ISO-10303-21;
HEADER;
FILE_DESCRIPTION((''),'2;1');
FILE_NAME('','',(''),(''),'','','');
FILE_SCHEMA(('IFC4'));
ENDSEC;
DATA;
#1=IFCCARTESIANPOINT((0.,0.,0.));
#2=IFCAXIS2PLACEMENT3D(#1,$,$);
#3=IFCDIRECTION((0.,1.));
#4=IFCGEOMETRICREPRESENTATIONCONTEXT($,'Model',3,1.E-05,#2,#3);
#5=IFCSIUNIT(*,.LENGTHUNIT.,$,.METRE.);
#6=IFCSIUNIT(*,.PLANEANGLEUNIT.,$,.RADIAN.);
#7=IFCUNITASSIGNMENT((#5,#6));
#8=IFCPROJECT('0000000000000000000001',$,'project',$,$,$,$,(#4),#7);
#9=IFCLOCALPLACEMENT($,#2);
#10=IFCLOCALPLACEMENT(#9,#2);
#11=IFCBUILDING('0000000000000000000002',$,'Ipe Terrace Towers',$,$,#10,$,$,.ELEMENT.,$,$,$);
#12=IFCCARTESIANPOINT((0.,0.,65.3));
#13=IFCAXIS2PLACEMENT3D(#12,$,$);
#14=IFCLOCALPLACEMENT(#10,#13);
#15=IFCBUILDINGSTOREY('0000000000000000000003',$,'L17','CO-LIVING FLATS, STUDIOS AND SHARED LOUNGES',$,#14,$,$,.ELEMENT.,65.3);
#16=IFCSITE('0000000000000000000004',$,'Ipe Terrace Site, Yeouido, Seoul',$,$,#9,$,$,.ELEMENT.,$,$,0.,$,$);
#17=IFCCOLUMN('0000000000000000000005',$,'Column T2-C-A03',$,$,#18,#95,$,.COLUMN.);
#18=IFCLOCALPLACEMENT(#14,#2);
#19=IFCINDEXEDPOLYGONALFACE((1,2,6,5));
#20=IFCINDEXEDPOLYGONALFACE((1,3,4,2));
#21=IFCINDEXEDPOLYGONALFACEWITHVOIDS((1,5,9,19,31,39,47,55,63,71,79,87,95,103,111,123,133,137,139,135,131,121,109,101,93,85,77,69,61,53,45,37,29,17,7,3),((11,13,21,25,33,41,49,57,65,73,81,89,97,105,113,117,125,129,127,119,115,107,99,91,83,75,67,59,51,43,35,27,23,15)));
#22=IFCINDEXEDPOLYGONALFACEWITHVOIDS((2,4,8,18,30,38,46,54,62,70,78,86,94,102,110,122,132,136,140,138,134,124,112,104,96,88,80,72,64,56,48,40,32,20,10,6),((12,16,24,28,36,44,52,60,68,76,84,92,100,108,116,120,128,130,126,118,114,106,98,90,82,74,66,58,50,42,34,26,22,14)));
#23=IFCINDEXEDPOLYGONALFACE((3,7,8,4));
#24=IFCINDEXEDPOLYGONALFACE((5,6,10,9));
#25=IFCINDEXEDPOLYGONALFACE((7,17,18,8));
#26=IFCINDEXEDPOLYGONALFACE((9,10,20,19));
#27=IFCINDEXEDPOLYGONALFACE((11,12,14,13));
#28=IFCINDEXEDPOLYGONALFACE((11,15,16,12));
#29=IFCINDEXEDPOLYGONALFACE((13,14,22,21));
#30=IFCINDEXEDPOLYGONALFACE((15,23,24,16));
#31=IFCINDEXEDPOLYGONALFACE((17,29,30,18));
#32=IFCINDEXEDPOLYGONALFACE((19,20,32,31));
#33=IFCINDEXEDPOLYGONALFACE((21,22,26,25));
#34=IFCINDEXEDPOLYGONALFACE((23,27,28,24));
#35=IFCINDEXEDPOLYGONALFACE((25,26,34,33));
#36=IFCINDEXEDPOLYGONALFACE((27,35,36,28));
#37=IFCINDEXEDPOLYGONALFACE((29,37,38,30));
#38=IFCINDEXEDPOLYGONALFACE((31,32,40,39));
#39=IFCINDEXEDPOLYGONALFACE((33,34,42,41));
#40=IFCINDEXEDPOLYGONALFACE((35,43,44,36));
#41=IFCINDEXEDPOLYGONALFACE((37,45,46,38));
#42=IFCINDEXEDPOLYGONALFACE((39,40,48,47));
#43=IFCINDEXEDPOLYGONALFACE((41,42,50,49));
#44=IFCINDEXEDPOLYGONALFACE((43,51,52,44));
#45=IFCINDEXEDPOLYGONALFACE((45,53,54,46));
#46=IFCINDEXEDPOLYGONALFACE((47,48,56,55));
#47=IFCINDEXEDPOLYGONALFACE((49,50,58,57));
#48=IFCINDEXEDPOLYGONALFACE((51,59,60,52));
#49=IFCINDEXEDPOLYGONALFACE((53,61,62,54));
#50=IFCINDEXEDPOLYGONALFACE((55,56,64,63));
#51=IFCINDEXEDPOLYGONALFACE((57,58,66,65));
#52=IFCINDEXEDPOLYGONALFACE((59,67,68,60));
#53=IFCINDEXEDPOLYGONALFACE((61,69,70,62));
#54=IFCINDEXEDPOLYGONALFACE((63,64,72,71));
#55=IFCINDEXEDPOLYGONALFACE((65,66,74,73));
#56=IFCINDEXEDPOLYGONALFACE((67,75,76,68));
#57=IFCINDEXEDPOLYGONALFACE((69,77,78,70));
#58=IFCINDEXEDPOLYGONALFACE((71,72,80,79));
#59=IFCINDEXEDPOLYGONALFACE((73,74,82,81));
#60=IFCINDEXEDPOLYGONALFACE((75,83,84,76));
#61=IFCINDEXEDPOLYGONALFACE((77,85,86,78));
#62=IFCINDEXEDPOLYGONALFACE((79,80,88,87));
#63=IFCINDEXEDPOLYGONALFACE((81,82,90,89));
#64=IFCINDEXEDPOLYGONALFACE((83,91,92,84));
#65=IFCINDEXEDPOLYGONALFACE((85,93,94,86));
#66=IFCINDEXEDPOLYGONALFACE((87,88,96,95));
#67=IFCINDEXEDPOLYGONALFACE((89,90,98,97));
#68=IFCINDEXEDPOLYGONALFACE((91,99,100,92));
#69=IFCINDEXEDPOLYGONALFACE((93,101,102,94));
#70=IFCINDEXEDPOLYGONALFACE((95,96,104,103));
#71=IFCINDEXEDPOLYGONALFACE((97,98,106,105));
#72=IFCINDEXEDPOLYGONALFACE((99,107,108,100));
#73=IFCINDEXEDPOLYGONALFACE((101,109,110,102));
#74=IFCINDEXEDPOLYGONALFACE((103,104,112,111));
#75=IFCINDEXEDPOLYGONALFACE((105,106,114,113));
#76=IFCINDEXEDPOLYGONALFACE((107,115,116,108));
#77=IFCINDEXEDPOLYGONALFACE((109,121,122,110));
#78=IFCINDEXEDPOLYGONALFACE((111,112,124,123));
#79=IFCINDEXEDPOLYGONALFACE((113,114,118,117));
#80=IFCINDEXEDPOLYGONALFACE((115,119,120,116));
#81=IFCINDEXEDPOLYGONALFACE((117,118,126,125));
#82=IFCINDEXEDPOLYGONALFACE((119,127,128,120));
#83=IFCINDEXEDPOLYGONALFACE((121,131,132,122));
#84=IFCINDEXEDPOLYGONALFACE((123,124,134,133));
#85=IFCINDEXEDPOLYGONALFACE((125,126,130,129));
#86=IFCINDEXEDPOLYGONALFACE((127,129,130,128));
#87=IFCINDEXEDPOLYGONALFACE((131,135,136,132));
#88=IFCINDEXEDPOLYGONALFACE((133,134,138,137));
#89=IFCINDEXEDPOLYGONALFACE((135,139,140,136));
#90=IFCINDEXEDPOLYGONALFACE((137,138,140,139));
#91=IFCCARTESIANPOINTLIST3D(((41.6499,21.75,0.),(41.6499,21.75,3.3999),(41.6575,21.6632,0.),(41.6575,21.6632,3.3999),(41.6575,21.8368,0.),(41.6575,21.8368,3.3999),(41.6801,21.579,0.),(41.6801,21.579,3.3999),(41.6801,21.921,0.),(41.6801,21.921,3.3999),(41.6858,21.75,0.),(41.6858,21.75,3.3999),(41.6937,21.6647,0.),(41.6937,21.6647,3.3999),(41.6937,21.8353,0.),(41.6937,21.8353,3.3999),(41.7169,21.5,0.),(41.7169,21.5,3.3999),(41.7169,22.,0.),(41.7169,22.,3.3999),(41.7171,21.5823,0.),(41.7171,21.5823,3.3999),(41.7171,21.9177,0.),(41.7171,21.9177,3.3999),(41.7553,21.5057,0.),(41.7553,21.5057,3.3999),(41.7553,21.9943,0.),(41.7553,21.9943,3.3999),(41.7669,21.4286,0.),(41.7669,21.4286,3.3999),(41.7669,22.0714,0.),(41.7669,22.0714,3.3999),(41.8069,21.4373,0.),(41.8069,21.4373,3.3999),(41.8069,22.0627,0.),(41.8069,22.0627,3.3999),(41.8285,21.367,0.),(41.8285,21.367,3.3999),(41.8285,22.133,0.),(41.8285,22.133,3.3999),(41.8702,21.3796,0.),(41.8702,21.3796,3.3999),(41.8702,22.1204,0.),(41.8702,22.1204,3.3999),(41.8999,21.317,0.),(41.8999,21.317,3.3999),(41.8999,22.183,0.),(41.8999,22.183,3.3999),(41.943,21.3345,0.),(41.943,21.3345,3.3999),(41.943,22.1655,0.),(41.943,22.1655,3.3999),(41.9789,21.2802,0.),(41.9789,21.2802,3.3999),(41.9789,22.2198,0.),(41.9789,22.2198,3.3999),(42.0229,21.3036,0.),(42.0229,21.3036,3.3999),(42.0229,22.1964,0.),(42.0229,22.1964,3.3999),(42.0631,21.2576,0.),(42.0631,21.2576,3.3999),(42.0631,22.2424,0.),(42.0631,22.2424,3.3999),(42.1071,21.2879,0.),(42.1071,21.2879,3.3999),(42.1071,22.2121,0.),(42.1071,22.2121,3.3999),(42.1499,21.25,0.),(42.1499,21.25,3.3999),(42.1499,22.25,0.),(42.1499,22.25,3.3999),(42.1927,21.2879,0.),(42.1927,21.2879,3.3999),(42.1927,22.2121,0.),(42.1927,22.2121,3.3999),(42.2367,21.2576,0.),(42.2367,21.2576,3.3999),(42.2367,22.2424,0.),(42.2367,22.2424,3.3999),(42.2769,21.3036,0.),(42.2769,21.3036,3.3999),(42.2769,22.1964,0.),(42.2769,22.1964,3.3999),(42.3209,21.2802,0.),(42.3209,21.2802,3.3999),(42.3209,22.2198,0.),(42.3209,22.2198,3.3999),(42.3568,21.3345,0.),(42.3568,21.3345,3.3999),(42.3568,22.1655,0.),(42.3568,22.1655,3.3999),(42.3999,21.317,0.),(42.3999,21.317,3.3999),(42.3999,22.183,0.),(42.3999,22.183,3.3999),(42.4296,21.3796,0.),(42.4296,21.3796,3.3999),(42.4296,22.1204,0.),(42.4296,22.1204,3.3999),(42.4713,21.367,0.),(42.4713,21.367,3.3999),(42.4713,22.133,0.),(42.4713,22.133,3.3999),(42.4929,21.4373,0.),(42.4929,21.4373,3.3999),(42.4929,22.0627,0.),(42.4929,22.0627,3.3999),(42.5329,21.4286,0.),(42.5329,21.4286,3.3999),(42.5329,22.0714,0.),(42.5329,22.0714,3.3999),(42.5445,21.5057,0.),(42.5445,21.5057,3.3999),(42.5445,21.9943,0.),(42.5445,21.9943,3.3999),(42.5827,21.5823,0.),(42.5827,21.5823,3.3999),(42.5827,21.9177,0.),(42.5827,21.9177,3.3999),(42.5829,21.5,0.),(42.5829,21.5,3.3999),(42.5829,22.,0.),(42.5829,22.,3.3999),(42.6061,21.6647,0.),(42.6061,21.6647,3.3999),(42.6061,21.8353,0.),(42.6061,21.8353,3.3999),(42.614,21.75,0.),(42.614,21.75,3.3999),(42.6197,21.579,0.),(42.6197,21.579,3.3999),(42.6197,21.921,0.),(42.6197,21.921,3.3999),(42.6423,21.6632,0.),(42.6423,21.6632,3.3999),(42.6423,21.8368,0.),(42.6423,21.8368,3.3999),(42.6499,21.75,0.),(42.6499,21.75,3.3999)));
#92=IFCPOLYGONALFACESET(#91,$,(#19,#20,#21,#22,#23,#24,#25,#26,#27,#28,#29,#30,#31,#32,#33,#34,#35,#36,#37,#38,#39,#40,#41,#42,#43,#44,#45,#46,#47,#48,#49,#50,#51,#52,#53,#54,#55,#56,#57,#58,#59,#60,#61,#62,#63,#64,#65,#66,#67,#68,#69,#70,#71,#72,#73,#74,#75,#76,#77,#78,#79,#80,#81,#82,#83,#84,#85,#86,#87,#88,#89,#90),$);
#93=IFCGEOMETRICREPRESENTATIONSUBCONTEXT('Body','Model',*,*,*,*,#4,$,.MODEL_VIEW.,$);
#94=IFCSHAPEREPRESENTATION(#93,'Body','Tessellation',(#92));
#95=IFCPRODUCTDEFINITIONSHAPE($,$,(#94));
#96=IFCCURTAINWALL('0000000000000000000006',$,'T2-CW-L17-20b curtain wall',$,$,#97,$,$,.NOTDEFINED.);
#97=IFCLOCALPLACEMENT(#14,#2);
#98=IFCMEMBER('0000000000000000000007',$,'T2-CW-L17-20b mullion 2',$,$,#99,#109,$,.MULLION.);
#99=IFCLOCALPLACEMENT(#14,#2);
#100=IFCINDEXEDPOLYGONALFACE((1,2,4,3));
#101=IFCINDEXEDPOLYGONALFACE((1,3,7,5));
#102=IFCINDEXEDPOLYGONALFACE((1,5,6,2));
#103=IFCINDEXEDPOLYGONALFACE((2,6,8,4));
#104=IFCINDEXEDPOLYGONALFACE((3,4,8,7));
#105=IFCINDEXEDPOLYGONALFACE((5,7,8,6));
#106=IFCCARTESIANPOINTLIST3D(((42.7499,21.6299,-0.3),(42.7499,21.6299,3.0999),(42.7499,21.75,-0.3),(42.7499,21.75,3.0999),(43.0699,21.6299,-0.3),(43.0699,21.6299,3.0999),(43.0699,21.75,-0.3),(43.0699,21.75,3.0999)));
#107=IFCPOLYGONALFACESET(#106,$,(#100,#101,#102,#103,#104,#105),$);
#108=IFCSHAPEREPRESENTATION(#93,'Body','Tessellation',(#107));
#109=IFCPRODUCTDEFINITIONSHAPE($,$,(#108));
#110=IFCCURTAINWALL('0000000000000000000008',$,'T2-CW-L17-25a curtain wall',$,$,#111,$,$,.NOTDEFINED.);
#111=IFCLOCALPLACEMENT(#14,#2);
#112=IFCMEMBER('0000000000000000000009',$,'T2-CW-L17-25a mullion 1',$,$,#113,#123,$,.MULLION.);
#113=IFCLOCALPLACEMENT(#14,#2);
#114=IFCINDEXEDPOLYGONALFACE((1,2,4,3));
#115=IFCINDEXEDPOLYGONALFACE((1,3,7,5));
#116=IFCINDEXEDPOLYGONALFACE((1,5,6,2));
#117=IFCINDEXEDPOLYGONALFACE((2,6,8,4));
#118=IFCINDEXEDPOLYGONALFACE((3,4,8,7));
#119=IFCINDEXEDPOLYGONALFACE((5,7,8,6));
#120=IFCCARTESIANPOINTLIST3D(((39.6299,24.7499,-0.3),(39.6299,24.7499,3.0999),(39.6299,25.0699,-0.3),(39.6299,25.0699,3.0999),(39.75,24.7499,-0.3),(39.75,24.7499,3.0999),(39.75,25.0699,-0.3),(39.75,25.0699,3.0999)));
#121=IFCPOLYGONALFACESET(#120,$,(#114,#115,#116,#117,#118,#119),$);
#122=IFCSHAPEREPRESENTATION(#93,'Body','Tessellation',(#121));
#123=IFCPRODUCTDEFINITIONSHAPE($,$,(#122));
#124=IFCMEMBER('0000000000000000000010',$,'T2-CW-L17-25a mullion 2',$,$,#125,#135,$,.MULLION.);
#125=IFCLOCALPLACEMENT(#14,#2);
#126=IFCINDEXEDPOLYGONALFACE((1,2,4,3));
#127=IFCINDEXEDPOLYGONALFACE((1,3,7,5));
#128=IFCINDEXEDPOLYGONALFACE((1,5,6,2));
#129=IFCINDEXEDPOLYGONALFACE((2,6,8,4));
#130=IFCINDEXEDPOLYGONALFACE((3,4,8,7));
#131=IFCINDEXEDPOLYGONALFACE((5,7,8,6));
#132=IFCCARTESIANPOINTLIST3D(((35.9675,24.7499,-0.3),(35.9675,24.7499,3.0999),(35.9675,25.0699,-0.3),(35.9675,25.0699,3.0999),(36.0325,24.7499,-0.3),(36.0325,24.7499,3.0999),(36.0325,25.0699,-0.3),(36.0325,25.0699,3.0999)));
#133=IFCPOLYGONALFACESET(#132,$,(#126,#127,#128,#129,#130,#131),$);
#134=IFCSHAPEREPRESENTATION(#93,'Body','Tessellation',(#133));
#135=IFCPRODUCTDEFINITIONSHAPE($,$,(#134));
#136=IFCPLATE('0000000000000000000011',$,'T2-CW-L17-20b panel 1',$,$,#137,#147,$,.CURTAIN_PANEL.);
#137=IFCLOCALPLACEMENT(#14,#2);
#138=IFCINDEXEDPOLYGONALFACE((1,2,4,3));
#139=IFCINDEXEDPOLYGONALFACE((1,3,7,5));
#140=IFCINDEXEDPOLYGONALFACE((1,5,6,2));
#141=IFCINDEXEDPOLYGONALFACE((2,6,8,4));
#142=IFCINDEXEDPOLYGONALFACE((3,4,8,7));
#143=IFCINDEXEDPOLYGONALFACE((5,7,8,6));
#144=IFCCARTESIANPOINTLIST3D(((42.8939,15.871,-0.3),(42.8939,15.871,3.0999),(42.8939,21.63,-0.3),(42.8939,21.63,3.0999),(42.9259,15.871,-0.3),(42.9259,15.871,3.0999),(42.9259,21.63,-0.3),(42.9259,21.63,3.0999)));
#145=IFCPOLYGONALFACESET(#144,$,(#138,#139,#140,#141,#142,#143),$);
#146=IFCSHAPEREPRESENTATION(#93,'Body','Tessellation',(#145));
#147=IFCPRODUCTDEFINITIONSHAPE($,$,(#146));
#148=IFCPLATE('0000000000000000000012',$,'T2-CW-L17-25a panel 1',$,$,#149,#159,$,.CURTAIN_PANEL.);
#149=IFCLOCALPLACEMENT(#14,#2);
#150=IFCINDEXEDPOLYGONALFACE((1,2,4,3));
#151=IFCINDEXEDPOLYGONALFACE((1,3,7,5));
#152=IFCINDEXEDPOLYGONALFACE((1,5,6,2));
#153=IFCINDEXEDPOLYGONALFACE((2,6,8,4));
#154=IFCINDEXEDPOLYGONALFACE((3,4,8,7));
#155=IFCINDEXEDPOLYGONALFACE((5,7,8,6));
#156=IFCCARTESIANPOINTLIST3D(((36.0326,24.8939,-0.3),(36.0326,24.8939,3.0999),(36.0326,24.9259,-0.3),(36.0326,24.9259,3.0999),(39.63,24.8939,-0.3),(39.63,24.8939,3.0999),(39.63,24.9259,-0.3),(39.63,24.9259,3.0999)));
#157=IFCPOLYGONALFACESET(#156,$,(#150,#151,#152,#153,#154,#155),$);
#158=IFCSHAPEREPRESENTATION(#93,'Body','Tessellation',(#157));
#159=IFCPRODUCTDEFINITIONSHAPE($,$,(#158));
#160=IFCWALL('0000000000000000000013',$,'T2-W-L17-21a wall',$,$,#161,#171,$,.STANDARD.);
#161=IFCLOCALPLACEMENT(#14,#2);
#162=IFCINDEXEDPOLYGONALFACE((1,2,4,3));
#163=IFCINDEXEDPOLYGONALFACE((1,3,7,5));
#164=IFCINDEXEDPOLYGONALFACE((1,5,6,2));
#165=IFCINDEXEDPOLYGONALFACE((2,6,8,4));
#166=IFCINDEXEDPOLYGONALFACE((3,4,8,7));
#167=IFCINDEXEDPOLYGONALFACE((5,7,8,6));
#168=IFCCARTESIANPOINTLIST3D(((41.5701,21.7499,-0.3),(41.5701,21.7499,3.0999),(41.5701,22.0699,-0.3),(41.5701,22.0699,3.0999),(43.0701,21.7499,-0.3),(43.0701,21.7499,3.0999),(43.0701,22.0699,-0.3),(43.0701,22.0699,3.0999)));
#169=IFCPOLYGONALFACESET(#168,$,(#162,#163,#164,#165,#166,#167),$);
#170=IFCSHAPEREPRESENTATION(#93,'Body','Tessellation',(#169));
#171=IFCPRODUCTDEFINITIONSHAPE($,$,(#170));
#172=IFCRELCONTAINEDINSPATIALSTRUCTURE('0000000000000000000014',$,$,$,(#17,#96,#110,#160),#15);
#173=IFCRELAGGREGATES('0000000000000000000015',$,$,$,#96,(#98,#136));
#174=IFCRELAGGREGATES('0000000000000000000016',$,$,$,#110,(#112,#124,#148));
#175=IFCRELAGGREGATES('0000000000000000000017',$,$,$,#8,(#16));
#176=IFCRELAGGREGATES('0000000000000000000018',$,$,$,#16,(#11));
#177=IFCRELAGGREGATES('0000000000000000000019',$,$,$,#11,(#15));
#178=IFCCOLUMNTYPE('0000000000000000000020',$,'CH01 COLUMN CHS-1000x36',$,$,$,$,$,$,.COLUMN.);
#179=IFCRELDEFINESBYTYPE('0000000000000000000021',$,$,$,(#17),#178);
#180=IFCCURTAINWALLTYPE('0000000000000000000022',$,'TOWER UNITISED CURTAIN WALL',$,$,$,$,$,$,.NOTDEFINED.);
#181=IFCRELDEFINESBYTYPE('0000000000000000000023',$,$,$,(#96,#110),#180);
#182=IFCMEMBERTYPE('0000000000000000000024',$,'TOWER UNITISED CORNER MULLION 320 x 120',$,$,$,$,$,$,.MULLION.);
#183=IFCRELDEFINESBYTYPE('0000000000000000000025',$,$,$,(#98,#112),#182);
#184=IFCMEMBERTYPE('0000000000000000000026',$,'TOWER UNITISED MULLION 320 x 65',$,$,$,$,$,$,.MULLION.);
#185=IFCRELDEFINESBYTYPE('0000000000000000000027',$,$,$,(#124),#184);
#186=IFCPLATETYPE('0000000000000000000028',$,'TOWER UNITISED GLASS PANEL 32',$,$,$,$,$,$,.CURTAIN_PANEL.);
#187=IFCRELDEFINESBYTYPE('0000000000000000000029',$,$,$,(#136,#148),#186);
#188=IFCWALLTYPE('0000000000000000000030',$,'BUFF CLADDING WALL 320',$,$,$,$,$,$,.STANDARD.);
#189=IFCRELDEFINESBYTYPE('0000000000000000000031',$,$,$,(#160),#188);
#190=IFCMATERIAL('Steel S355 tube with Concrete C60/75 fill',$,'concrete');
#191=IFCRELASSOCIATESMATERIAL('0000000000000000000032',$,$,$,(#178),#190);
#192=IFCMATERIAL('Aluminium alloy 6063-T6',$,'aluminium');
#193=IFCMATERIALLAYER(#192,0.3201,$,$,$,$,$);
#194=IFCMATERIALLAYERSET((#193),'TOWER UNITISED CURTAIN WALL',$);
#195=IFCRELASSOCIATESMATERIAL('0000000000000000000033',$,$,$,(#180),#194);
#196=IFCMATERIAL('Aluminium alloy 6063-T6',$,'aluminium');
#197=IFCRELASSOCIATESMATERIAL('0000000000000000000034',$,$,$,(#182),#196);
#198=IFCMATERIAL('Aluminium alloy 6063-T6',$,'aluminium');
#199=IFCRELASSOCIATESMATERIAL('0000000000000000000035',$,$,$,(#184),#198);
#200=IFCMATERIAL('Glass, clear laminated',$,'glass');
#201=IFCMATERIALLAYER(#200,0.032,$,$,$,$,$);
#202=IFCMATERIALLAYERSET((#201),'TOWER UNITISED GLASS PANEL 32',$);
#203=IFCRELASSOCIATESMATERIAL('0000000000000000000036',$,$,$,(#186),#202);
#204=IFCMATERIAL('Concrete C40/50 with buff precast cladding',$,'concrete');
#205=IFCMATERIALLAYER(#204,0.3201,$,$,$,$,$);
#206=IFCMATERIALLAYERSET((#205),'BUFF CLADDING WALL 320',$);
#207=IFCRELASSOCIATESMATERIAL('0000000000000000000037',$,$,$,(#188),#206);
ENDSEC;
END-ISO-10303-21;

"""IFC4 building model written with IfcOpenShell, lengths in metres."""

from ifc_helpers import new_model, si_unit, direction, frame, frame_2d, origin, origin_2d, place, context, subcontext, project, spatial, rectangle, hollow_circle, extrude, material, layer, layer_set, material_profile, profile_set, type_object, element, aggregate, save


model = new_model("IFC4")

# Units and contexts
model_context = context("Model", 3, precision=1e-05, world=origin(), true_north=direction((0.0, 1.0)))
body_context = subcontext(model_context, "Body", "Model", "MODEL_VIEW")
ifc_project = project(units=[si_unit("LENGTHUNIT", "METRE"), si_unit("PLANEANGLEUNIT", "RADIAN")], contexts=[model_context])

# Site, building, storey
site_placement = place(None, origin())
site = spatial("IfcSite", under=ifc_project, at=site_placement, Name="Ipe Terrace Site, Yeouido, Seoul", CompositionType="ELEMENT", RefElevation=0.0)
building_placement = place(site_placement, origin())
building = spatial("IfcBuilding", under=site, at=building_placement, Name="Ipe Terrace Towers", CompositionType="ELEMENT")
storey_placement = place(building_placement, frame((0.0, 0.0, 65.3)))
storey = spatial("IfcBuildingStorey", under=building, at=storey_placement, Name="L17", Description="CO-LIVING FLATS, STUDIOS AND SHARED LOUNGES", CompositionType="ELEMENT", Elevation=65.3)

# Column
ifc_material_1 = material(Name="Steel S355 tube with Concrete C60/75 fill", Category="concrete")
ifc_material_profile_1 = material_profile(ifc_material_1, hollow_circle(Radius=0.5, WallThickness=0.0359, at=origin_2d()), Name="CHS-1000x36")
ifc_profile_set_1 = profile_set([ifc_material_profile_1], Name="Steel S355 tube with Concrete C60/75 fill")
column_type = type_object("IfcColumnType", Name="CH01 COLUMN CHS-1000x36", PredefinedType="COLUMN", material=ifc_profile_set_1)
column_placement = place(storey_placement, frame((42.1499, 21.75, 0.0), z_axis=(0.0, 0.0, 1.0), x_axis=(1.0, 0.0, 0.0)))
element("IfcColumn", 1, at=column_placement, inside=storey, type_object=column_type, Name="Column T2-C-A03", PredefinedType="COLUMN", context=body_context, shape_type="SweptSolid", body=[
    extrude(hollow_circle(Radius=0.5, WallThickness=0.0359, at=origin_2d()), origin(), (0.0, 0.0, 1.0), 3.3999),
])

# Curtain wall, member
ifc_material_2 = material(Name="Aluminium alloy 6063-T6", Category="aluminium")
ifc_layer_1 = layer(ifc_material_2, 0.3201)
ifc_layer_set_1 = layer_set([ifc_layer_1], Name="TOWER UNITISED CURTAIN WALL")
curtain_wall_type = type_object("IfcCurtainWallType", Name="TOWER UNITISED CURTAIN WALL", PredefinedType="NOTDEFINED", material=ifc_layer_set_1)
curtain_wall_1_placement = place(storey_placement, origin())
curtain_wall_1 = element("IfcCurtainWall", 2, at=curtain_wall_1_placement, inside=storey, type_object=curtain_wall_type, Name="T2-CW-L17-20b curtain wall", PredefinedType="NOTDEFINED")
ifc_material_3 = material(Name="Aluminium alloy 6063-T6", Category="aluminium")
ifc_material_profile_2 = material_profile(ifc_material_3, rectangle(XDim=0.3201, YDim=0.1201, at=origin_2d()), Name="TOWER UNITISED CORNER MULLION 320 x 120")
ifc_profile_set_2 = profile_set([ifc_material_profile_2], Name="Aluminium alloy 6063-T6")
member_type_1 = type_object("IfcMemberType", Name="TOWER UNITISED CORNER MULLION 320 x 120", PredefinedType="MULLION", material=ifc_profile_set_2)
member_1_placement = place(storey_placement, frame((42.9099, 21.6899, -0.3), z_axis=(0.0, 0.0, 1.0), x_axis=(1.0, 0.0, 0.0)))
member_1 = element("IfcMember", 3, at=member_1_placement, type_object=member_type_1, Name="T2-CW-L17-20b mullion 2", PredefinedType="MULLION", context=body_context, shape_type="SweptSolid", body=[
    extrude(rectangle(XDim=0.3201, YDim=0.1201, at=origin_2d()), origin(), (0.0, 0.0, 1.0), 3.3999),
])

# Curtain wall, members
curtain_wall_2_placement = place(storey_placement, origin())
curtain_wall_2 = element("IfcCurtainWall", 4, at=curtain_wall_2_placement, inside=storey, type_object=curtain_wall_type, Name="T2-CW-L17-25a curtain wall", PredefinedType="NOTDEFINED")
member_2_placement = place(storey_placement, frame((39.6899, 24.9099, -0.3), z_axis=(0.0, 0.0, 1.0), x_axis=(0.0, 1.0, 0.0)))
member_2 = element("IfcMember", 5, at=member_2_placement, type_object=member_type_1, Name="T2-CW-L17-25a mullion 1", PredefinedType="MULLION", context=body_context, shape_type="SweptSolid", body=[
    extrude(rectangle(XDim=0.3201, YDim=0.1201, at=origin_2d()), origin(), (0.0, 0.0, 1.0), 3.3999),
])
ifc_material_4 = material(Name="Aluminium alloy 6063-T6", Category="aluminium")
ifc_material_profile_3 = material_profile(ifc_material_4, rectangle(XDim=0.3201, YDim=0.0649, at=origin_2d()), Name="TOWER UNITISED MULLION 320 x 65")
ifc_profile_set_3 = profile_set([ifc_material_profile_3], Name="Aluminium alloy 6063-T6")
member_type_2 = type_object("IfcMemberType", Name="TOWER UNITISED MULLION 320 x 65", PredefinedType="MULLION", material=ifc_profile_set_3)
member_3_placement = place(storey_placement, frame((36.0, 24.9099, -0.3), z_axis=(0.0, 0.0, 1.0), x_axis=(0.0, 1.0, 0.0)))
member_3 = element("IfcMember", 6, at=member_3_placement, type_object=member_type_2, Name="T2-CW-L17-25a mullion 2", PredefinedType="MULLION", context=body_context, shape_type="SweptSolid", body=[
    extrude(rectangle(XDim=0.3201, YDim=0.0649, at=origin_2d()), origin(), (0.0, 0.0, 1.0), 3.3999),
])

# Plates
ifc_material_5 = material(Name="Glass, clear laminated", Category="glass")
ifc_layer_2 = layer(ifc_material_5, 0.032)
ifc_layer_set_2 = layer_set([ifc_layer_2], Name="TOWER UNITISED GLASS PANEL 32")
plate_type = type_object("IfcPlateType", Name="TOWER UNITISED GLASS PANEL 32", PredefinedType="CURTAIN_PANEL", material=ifc_layer_set_2)
plate_1_placement = place(storey_placement, frame((42.9099, 18.7505, -0.3), z_axis=(0.0, 0.0, 1.0), x_axis=(0.0, 1.0, 0.0)))
plate_1 = element("IfcPlate", 7, at=plate_1_placement, type_object=plate_type, Name="T2-CW-L17-20b panel 1", PredefinedType="CURTAIN_PANEL", context=body_context, shape_type="SweptSolid", body=[
    extrude(rectangle(XDim=5.759, YDim=0.032, at=origin_2d()), origin(), (0.0, 0.0, 1.0), 3.3999),
])
aggregate(curtain_wall_1, [member_1, plate_1])
plate_2_placement = place(storey_placement, frame((37.8313, 24.9099, -0.3), z_axis=(0.0, 0.0, 1.0), x_axis=(-1.0, 0.0, 0.0)))
plate_2 = element("IfcPlate", 8, at=plate_2_placement, type_object=plate_type, Name="T2-CW-L17-25a panel 1", PredefinedType="CURTAIN_PANEL", context=body_context, shape_type="SweptSolid", body=[
    extrude(rectangle(XDim=3.5974, YDim=0.032, at=origin_2d()), origin(), (0.0, 0.0, 1.0), 3.3999),
])
aggregate(curtain_wall_2, [member_2, member_3, plate_2])

# Wall
ifc_material_6 = material(Name="Concrete C40/50 with buff precast cladding", Category="concrete")
ifc_layer_3 = layer(ifc_material_6, 0.3201)
ifc_layer_set_3 = layer_set([ifc_layer_3], Name="BUFF CLADDING WALL 320")
wall_type_1 = type_object("IfcWallType", Name="BUFF CLADDING WALL 320", PredefinedType="STANDARD", material=ifc_layer_set_3)
wall_1_placement = place(storey_placement, frame((43.0701, 21.9099, -0.3), z_axis=(0.0, 0.0, 1.0), x_axis=(-1.0, 0.0, 0.0)))
element("IfcWall", 9, at=wall_1_placement, inside=storey, type_object=wall_type_1, Name="T2-W-L17-21a wall", PredefinedType="STANDARD", context=body_context, shape_type="SweptSolid", body=[
    extrude(rectangle(XDim=1.5, YDim=0.3201, at=frame_2d((0.75, 0.0))), origin(), (0.0, 0.0, 1.0), 3.3999),
])

save(model, "model.ifc")
